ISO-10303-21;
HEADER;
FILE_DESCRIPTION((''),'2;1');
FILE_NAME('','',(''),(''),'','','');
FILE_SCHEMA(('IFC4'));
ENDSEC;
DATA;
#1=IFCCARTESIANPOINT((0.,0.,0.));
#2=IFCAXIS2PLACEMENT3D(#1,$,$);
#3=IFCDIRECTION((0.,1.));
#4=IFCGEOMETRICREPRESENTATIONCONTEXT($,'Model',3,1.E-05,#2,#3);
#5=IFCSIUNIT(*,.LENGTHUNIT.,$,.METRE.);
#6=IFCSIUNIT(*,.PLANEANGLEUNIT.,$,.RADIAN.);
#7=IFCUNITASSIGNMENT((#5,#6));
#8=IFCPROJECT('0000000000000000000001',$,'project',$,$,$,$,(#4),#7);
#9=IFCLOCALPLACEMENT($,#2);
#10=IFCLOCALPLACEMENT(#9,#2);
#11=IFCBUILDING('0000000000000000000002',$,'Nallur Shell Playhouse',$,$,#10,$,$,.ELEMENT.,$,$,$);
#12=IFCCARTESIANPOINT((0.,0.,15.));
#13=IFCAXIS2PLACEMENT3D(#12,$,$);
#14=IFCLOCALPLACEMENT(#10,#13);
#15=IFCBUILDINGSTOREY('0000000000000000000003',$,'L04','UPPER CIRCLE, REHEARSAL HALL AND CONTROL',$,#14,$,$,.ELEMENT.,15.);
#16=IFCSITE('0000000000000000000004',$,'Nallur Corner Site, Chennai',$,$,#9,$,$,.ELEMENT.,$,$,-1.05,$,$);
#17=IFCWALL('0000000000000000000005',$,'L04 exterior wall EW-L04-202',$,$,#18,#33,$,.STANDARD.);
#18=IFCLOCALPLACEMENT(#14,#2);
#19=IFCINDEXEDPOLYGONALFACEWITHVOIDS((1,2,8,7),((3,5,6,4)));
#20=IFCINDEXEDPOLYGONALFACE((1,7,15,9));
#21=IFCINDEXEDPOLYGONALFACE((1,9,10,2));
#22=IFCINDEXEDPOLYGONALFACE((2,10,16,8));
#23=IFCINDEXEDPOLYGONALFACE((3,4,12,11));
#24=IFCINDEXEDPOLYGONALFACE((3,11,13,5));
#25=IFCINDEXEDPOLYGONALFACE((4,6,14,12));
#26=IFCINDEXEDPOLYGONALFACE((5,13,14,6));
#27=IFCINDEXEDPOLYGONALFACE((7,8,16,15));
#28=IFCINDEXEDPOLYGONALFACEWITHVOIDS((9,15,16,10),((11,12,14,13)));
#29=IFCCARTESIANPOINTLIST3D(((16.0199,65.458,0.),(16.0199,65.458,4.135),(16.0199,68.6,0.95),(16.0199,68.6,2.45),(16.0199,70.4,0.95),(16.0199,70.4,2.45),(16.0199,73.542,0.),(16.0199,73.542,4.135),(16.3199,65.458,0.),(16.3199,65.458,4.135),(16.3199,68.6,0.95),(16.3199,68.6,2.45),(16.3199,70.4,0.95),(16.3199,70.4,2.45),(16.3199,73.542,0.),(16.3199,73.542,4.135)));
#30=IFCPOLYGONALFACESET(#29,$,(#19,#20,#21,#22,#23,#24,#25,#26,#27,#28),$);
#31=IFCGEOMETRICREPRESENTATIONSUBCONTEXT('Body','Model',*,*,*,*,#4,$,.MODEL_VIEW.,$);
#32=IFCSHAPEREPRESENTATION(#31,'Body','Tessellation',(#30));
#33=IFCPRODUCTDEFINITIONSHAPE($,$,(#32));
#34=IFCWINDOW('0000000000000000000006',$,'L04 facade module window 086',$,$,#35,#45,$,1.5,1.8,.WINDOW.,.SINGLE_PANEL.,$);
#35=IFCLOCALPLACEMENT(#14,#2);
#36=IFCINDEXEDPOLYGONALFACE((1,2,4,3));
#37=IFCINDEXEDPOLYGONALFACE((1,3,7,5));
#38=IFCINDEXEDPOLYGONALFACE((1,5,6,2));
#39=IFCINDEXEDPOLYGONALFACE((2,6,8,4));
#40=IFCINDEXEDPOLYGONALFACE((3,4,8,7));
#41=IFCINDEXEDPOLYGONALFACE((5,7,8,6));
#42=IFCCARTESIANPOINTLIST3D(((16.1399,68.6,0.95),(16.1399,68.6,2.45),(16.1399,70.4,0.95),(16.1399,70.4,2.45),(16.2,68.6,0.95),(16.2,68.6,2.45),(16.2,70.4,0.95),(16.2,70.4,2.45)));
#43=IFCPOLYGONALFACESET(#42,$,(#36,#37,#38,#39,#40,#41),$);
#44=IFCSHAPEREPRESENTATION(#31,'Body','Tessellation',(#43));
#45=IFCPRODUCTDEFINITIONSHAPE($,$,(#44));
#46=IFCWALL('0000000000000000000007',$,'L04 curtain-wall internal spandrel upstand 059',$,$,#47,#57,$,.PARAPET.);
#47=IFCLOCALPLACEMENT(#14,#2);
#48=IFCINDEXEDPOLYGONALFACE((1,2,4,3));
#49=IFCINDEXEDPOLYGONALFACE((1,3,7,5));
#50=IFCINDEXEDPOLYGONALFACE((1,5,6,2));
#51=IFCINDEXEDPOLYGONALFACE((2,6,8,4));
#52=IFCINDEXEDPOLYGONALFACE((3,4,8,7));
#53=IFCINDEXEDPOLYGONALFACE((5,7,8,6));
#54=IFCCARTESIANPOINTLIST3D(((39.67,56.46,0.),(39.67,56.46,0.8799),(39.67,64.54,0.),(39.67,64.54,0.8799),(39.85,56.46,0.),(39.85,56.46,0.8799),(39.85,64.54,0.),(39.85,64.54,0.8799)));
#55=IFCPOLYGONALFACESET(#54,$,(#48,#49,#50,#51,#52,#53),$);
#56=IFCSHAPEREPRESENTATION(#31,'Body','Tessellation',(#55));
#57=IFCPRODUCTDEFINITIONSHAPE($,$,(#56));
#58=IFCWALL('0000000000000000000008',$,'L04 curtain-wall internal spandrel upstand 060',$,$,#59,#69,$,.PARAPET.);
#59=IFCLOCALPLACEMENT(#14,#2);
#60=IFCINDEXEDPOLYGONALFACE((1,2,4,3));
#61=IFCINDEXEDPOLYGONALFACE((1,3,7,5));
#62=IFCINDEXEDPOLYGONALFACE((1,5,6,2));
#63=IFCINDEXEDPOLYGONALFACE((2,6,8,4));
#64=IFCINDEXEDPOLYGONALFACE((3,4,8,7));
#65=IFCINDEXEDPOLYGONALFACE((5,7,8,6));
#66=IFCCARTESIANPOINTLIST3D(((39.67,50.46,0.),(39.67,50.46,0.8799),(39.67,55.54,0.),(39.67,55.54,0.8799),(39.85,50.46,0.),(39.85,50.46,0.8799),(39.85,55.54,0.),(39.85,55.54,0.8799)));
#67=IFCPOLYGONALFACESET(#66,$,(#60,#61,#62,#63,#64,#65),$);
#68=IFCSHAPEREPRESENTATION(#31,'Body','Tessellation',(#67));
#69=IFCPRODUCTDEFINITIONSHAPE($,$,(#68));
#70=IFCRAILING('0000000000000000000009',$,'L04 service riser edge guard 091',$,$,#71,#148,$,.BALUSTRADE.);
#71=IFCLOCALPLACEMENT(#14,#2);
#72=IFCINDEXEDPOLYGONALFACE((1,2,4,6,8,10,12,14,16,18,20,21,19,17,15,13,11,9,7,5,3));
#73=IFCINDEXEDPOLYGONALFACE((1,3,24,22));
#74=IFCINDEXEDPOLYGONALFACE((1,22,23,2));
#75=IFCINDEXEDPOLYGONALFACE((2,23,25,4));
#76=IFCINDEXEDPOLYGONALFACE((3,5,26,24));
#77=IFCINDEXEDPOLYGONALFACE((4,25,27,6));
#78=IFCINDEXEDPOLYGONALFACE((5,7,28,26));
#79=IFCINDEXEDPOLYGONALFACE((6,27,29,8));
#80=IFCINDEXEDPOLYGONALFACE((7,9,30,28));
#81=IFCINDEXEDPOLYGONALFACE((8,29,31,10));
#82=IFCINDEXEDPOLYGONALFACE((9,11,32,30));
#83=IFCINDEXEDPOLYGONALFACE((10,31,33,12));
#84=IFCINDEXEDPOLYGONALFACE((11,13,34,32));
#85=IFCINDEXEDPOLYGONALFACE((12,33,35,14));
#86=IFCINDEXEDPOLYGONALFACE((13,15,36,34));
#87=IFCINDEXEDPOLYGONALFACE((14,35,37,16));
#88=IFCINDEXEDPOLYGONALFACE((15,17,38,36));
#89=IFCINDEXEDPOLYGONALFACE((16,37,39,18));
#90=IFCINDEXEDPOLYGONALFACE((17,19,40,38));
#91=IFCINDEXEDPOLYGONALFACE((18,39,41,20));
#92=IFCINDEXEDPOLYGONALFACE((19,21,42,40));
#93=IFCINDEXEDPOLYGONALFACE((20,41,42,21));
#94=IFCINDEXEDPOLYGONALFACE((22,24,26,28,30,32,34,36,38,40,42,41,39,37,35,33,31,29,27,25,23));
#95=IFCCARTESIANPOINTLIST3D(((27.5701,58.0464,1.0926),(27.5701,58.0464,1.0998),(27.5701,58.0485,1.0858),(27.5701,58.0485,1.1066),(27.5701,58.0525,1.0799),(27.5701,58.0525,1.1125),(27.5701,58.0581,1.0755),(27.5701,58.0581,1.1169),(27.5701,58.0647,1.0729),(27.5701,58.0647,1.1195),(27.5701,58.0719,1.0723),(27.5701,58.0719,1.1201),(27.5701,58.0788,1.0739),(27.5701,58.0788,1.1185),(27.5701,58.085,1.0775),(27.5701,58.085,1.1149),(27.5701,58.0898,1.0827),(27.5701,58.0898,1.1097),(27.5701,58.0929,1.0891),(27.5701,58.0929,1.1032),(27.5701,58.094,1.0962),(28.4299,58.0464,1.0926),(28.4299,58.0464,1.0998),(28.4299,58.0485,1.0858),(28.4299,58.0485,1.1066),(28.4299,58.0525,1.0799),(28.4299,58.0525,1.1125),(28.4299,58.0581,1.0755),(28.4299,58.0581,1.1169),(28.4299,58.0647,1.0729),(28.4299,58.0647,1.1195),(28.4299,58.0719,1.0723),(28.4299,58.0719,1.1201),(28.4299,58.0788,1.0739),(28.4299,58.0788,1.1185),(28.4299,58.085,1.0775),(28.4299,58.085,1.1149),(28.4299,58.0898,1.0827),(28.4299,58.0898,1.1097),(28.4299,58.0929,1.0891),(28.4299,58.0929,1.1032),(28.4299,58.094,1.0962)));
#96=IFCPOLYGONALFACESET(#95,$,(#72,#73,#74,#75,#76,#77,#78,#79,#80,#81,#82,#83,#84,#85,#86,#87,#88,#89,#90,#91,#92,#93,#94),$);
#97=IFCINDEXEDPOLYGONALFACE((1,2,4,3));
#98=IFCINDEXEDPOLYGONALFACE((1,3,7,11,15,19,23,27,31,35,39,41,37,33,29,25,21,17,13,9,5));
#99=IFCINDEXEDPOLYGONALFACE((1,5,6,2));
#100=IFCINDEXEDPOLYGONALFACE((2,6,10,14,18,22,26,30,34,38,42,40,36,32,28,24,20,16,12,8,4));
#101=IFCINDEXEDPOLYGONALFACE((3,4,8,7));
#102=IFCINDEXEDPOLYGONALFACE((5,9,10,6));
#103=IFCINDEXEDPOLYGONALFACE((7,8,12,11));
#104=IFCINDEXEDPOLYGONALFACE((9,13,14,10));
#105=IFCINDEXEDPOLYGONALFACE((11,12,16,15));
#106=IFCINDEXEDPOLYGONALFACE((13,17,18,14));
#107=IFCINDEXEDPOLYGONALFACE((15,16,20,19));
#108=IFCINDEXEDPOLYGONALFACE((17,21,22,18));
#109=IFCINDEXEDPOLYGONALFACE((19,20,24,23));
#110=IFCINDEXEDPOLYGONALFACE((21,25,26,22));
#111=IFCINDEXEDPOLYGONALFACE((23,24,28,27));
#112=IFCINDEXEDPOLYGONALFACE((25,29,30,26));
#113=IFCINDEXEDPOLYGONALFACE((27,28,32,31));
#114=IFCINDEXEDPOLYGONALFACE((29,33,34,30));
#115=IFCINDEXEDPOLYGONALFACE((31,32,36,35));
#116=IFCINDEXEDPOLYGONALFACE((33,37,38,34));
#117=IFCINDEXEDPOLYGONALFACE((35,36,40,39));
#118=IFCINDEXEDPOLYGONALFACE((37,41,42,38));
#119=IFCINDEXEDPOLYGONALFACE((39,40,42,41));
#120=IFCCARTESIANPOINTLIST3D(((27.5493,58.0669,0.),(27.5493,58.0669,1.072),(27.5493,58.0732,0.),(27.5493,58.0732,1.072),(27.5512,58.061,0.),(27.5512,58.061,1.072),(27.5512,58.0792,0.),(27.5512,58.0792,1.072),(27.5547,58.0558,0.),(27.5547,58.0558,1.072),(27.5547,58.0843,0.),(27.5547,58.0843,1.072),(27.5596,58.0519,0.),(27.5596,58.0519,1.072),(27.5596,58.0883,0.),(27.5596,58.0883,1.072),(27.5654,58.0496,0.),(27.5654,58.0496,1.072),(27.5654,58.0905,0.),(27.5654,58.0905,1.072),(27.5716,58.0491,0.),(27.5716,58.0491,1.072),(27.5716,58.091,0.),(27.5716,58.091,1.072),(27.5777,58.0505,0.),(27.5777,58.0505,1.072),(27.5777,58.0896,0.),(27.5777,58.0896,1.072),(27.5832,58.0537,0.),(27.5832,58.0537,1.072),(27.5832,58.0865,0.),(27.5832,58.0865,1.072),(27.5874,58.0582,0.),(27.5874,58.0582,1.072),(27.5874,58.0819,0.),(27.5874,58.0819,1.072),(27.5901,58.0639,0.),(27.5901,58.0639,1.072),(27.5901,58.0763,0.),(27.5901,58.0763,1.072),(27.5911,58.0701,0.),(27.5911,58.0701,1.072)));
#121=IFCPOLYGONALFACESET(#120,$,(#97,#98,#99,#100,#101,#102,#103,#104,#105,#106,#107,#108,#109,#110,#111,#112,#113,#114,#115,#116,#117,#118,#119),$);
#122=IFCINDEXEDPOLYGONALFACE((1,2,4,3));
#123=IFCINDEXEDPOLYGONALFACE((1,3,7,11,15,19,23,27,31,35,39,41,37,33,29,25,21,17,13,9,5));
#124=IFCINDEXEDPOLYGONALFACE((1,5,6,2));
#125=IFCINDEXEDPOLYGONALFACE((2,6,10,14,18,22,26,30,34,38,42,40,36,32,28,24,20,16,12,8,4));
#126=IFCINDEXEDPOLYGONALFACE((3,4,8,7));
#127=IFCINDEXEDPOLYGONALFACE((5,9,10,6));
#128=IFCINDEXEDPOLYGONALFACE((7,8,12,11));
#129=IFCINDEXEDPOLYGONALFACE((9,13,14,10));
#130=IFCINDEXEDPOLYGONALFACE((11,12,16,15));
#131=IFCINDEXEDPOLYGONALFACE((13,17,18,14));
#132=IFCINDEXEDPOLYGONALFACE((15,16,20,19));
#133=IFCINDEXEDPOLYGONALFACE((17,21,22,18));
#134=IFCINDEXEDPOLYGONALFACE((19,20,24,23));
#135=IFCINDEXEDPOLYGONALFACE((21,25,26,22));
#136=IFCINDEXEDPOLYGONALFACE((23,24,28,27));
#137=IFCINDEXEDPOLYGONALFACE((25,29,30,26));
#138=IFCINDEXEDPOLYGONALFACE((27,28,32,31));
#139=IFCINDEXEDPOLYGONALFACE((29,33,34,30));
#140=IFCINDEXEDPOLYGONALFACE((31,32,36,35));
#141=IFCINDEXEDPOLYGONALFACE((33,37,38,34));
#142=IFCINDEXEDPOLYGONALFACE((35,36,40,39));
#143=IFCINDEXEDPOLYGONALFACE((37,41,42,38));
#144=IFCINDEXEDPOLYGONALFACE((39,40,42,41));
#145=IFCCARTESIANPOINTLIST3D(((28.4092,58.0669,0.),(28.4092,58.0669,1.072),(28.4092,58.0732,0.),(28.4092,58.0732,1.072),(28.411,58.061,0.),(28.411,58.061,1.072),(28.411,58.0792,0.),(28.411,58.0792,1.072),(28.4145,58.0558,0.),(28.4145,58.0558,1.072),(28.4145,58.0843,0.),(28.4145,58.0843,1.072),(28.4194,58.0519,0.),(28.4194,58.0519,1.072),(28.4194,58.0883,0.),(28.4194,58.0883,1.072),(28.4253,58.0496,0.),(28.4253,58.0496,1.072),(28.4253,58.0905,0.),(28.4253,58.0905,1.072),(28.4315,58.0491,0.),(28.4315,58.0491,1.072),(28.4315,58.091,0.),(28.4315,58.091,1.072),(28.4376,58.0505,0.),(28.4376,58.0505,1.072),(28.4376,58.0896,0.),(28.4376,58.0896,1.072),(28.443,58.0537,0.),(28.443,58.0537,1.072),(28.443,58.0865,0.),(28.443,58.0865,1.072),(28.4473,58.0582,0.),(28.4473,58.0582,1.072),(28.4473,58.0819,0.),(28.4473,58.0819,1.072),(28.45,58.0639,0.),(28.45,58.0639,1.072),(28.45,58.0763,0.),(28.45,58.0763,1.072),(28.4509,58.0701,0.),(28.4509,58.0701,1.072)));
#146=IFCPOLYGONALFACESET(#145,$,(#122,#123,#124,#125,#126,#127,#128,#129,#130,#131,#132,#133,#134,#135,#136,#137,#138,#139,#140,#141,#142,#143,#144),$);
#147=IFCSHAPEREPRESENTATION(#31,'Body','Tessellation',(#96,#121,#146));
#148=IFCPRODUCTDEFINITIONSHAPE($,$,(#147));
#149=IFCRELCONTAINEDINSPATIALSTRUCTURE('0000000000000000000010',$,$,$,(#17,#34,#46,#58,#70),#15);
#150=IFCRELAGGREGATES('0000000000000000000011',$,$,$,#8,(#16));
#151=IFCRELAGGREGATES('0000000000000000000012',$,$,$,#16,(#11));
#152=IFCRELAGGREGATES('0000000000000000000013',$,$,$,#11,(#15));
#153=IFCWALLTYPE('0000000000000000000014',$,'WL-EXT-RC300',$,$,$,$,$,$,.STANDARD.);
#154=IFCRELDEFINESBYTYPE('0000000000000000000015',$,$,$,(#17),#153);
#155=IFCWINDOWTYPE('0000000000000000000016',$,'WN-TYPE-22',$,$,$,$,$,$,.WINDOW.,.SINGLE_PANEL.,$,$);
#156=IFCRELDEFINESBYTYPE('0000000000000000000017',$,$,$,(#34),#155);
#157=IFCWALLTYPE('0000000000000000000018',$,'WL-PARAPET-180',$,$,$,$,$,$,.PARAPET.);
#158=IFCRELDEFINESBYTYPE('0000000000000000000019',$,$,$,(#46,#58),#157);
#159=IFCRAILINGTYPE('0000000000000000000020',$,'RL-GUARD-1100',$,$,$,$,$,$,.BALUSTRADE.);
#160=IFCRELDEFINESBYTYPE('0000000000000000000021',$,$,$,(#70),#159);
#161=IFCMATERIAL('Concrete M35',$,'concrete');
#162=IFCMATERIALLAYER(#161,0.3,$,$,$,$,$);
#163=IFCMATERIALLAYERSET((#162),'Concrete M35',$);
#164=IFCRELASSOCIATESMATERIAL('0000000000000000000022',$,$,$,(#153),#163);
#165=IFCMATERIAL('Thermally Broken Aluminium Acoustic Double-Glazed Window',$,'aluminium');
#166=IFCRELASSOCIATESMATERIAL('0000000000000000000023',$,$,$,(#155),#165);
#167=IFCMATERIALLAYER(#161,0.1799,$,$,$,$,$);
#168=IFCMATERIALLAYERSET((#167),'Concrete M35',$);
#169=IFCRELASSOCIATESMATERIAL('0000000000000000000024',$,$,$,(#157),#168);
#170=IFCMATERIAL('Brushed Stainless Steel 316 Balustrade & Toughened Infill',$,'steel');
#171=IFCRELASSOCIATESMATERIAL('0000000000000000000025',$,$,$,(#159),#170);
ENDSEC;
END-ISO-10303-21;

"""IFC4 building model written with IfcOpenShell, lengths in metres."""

from ifc_helpers import new_model, si_unit, direction, frame, frame_2d, origin, origin_2d, place, context, subcontext, project, spatial, rectangle, circle, extrude, material, layer, layer_set, type_object, element, fill, save


model = new_model("IFC4")

# Units and contexts
model_context = context("Model", 3, precision=1e-05, world=origin(), true_north=direction((0.0, 1.0)))
body_context = subcontext(model_context, "Body", "Model", "MODEL_VIEW")
ifc_project = project(units=[si_unit("LENGTHUNIT", "METRE"), si_unit("PLANEANGLEUNIT", "RADIAN")], contexts=[model_context])

# Site, building, storey
site_placement = place(None, origin())
site = spatial("IfcSite", under=ifc_project, at=site_placement, Name="Nallur Corner Site, Chennai", CompositionType="ELEMENT", RefElevation=-1.05)
building_placement = place(site_placement, origin())
building = spatial("IfcBuilding", under=site, at=building_placement, Name="Nallur Shell Playhouse", CompositionType="ELEMENT")
storey_placement = place(building_placement, frame((0.0, 0.0, 15.0)))
storey = spatial("IfcBuildingStorey", under=building, at=storey_placement, Name="L04", Description="UPPER CIRCLE, REHEARSAL HALL AND CONTROL", CompositionType="ELEMENT", Elevation=15.0)

# Shared definitions
ifc_material_1 = material(Name="Concrete M35", Category="concrete")

# Wall, opening, window
ifc_layer_1 = layer(ifc_material_1, 0.3)
ifc_layer_set_1 = layer_set([ifc_layer_1], Name="Concrete M35")
wall_type_1 = type_object("IfcWallType", Name="WL-EXT-RC300", PredefinedType="STANDARD", material=ifc_layer_set_1)
ifc_material_2 = material(Name="Thermally Broken Aluminium Acoustic Double-Glazed Window", Category="aluminium")
wall_1_placement = place(storey_placement, frame((16.1699, 65.458, 0.0), z_axis=(0.0, 0.0, 1.0), x_axis=(0.0, 1.0, 0.0)))
wall_1 = element("IfcWall", 1, at=wall_1_placement, inside=storey, type_object=wall_type_1, Name="L04 exterior wall EW-L04-202", PredefinedType="STANDARD", context=body_context, shape_type="SweptSolid", body=[
    extrude(rectangle(XDim=8.084, YDim=0.3, at=frame_2d((4.042, 0.0))), origin(), (0.0, 0.0, 1.0), 4.135),
])
opening_1_placement = place(wall_1_placement, frame((3.1421, 0.0, 0.95)))
opening_1 = element("IfcOpeningElement", 2, at=opening_1_placement, cuts=wall_1, PredefinedType="OPENING", context=body_context, shape_type="SweptSolid", body=[
    extrude(rectangle(XDim=1.8, YDim=1.5, at=frame_2d((0.8999, 0.75))), frame((0.0, 0.1602, 0.0), z_axis=(0.0, -1.0, 0.0), x_axis=(1.0, 0.0, 0.0)), (0.0, 0.0, 1.0), 0.3201),
])
window_type_1 = type_object("IfcWindowType", Name="WN-TYPE-22", PartitioningType="SINGLE_PANEL", PredefinedType="WINDOW", material=ifc_material_2)
window_1_placement = place(opening_1_placement, origin())
window_1 = element("IfcWindow", 3, at=window_1_placement, inside=storey, type_object=window_type_1, Name="L04 facade module window 086", OverallHeight=1.5, OverallWidth=1.8, PartitioningType="SINGLE_PANEL", PredefinedType="WINDOW", context=body_context, shape_type="SweptSolid", body=[
    extrude(rectangle(XDim=1.8, YDim=1.5, at=frame_2d((0.8999, 0.75))), frame((0.0, 0.03, 0.0), z_axis=(0.0, -1.0, 0.0), x_axis=(1.0, 0.0, 0.0)), (0.0, 0.0, 1.0), 0.0601),
])
fill(opening_1, window_1)

# Walls
ifc_layer_2 = layer(ifc_material_1, 0.1799)
ifc_layer_set_2 = layer_set([ifc_layer_2], Name="Concrete M35")
wall_type_2 = type_object("IfcWallType", Name="WL-PARAPET-180", PredefinedType="PARAPET", material=ifc_layer_set_2)
wall_2_placement = place(storey_placement, frame((39.76, 64.54, 0.0), z_axis=(0.0, 0.0, 1.0), x_axis=(0.0, -1.0, 0.0)))
element("IfcWall", 4, at=wall_2_placement, inside=storey, type_object=wall_type_2, Name="L04 curtain-wall internal spandrel upstand 059", PredefinedType="PARAPET", context=body_context, shape_type="SweptSolid", body=[
    extrude(rectangle(XDim=8.0801, YDim=0.1799, at=frame_2d((4.04, 0.0))), origin(), (0.0, 0.0, 1.0), 0.8799),
])
wall_3_placement = place(storey_placement, frame((39.76, 55.54, 0.0), z_axis=(0.0, 0.0, 1.0), x_axis=(0.0, -1.0, 0.0)))
element("IfcWall", 5, at=wall_3_placement, inside=storey, type_object=wall_type_2, Name="L04 curtain-wall internal spandrel upstand 060", PredefinedType="PARAPET", context=body_context, shape_type="SweptSolid", body=[
    extrude(rectangle(XDim=5.0801, YDim=0.1799, at=frame_2d((2.54, 0.0))), origin(), (0.0, 0.0, 1.0), 0.8799),
])

# Railing
ifc_material_3 = material(Name="Brushed Stainless Steel 316 Balustrade & Toughened Infill", Category="steel")
railing_type = type_object("IfcRailingType", Name="RL-GUARD-1100", PredefinedType="BALUSTRADE", material=ifc_material_3)
railing_1_placement = place(storey_placement, frame((27.5701, 58.0701, 0.0)))
element("IfcRailing", 6, at=railing_1_placement, inside=storey, type_object=railing_type, Name="L04 service riser edge guard 091", PredefinedType="BALUSTRADE", context=body_context, shape_type="SweptSolid", body=[
    extrude(circle(Radius=0.0239, at=origin_2d()), frame((0.0, 0.0, 1.0962), z_axis=(1.0, 0.0, 0.0), x_axis=(0.0, 1.0, 0.0)), (0.0, 0.0, 1.0), 0.8599),
    extrude(circle(Radius=0.021, at=origin_2d()), origin(), (0.0, 0.0, 1.0), 1.072),
    extrude(circle(Radius=0.021, at=origin_2d()), frame((0.8599, 0.0, 0.0)), (0.0, 0.0, 1.0), 1.072),
])

save(model, "model.ifc")
